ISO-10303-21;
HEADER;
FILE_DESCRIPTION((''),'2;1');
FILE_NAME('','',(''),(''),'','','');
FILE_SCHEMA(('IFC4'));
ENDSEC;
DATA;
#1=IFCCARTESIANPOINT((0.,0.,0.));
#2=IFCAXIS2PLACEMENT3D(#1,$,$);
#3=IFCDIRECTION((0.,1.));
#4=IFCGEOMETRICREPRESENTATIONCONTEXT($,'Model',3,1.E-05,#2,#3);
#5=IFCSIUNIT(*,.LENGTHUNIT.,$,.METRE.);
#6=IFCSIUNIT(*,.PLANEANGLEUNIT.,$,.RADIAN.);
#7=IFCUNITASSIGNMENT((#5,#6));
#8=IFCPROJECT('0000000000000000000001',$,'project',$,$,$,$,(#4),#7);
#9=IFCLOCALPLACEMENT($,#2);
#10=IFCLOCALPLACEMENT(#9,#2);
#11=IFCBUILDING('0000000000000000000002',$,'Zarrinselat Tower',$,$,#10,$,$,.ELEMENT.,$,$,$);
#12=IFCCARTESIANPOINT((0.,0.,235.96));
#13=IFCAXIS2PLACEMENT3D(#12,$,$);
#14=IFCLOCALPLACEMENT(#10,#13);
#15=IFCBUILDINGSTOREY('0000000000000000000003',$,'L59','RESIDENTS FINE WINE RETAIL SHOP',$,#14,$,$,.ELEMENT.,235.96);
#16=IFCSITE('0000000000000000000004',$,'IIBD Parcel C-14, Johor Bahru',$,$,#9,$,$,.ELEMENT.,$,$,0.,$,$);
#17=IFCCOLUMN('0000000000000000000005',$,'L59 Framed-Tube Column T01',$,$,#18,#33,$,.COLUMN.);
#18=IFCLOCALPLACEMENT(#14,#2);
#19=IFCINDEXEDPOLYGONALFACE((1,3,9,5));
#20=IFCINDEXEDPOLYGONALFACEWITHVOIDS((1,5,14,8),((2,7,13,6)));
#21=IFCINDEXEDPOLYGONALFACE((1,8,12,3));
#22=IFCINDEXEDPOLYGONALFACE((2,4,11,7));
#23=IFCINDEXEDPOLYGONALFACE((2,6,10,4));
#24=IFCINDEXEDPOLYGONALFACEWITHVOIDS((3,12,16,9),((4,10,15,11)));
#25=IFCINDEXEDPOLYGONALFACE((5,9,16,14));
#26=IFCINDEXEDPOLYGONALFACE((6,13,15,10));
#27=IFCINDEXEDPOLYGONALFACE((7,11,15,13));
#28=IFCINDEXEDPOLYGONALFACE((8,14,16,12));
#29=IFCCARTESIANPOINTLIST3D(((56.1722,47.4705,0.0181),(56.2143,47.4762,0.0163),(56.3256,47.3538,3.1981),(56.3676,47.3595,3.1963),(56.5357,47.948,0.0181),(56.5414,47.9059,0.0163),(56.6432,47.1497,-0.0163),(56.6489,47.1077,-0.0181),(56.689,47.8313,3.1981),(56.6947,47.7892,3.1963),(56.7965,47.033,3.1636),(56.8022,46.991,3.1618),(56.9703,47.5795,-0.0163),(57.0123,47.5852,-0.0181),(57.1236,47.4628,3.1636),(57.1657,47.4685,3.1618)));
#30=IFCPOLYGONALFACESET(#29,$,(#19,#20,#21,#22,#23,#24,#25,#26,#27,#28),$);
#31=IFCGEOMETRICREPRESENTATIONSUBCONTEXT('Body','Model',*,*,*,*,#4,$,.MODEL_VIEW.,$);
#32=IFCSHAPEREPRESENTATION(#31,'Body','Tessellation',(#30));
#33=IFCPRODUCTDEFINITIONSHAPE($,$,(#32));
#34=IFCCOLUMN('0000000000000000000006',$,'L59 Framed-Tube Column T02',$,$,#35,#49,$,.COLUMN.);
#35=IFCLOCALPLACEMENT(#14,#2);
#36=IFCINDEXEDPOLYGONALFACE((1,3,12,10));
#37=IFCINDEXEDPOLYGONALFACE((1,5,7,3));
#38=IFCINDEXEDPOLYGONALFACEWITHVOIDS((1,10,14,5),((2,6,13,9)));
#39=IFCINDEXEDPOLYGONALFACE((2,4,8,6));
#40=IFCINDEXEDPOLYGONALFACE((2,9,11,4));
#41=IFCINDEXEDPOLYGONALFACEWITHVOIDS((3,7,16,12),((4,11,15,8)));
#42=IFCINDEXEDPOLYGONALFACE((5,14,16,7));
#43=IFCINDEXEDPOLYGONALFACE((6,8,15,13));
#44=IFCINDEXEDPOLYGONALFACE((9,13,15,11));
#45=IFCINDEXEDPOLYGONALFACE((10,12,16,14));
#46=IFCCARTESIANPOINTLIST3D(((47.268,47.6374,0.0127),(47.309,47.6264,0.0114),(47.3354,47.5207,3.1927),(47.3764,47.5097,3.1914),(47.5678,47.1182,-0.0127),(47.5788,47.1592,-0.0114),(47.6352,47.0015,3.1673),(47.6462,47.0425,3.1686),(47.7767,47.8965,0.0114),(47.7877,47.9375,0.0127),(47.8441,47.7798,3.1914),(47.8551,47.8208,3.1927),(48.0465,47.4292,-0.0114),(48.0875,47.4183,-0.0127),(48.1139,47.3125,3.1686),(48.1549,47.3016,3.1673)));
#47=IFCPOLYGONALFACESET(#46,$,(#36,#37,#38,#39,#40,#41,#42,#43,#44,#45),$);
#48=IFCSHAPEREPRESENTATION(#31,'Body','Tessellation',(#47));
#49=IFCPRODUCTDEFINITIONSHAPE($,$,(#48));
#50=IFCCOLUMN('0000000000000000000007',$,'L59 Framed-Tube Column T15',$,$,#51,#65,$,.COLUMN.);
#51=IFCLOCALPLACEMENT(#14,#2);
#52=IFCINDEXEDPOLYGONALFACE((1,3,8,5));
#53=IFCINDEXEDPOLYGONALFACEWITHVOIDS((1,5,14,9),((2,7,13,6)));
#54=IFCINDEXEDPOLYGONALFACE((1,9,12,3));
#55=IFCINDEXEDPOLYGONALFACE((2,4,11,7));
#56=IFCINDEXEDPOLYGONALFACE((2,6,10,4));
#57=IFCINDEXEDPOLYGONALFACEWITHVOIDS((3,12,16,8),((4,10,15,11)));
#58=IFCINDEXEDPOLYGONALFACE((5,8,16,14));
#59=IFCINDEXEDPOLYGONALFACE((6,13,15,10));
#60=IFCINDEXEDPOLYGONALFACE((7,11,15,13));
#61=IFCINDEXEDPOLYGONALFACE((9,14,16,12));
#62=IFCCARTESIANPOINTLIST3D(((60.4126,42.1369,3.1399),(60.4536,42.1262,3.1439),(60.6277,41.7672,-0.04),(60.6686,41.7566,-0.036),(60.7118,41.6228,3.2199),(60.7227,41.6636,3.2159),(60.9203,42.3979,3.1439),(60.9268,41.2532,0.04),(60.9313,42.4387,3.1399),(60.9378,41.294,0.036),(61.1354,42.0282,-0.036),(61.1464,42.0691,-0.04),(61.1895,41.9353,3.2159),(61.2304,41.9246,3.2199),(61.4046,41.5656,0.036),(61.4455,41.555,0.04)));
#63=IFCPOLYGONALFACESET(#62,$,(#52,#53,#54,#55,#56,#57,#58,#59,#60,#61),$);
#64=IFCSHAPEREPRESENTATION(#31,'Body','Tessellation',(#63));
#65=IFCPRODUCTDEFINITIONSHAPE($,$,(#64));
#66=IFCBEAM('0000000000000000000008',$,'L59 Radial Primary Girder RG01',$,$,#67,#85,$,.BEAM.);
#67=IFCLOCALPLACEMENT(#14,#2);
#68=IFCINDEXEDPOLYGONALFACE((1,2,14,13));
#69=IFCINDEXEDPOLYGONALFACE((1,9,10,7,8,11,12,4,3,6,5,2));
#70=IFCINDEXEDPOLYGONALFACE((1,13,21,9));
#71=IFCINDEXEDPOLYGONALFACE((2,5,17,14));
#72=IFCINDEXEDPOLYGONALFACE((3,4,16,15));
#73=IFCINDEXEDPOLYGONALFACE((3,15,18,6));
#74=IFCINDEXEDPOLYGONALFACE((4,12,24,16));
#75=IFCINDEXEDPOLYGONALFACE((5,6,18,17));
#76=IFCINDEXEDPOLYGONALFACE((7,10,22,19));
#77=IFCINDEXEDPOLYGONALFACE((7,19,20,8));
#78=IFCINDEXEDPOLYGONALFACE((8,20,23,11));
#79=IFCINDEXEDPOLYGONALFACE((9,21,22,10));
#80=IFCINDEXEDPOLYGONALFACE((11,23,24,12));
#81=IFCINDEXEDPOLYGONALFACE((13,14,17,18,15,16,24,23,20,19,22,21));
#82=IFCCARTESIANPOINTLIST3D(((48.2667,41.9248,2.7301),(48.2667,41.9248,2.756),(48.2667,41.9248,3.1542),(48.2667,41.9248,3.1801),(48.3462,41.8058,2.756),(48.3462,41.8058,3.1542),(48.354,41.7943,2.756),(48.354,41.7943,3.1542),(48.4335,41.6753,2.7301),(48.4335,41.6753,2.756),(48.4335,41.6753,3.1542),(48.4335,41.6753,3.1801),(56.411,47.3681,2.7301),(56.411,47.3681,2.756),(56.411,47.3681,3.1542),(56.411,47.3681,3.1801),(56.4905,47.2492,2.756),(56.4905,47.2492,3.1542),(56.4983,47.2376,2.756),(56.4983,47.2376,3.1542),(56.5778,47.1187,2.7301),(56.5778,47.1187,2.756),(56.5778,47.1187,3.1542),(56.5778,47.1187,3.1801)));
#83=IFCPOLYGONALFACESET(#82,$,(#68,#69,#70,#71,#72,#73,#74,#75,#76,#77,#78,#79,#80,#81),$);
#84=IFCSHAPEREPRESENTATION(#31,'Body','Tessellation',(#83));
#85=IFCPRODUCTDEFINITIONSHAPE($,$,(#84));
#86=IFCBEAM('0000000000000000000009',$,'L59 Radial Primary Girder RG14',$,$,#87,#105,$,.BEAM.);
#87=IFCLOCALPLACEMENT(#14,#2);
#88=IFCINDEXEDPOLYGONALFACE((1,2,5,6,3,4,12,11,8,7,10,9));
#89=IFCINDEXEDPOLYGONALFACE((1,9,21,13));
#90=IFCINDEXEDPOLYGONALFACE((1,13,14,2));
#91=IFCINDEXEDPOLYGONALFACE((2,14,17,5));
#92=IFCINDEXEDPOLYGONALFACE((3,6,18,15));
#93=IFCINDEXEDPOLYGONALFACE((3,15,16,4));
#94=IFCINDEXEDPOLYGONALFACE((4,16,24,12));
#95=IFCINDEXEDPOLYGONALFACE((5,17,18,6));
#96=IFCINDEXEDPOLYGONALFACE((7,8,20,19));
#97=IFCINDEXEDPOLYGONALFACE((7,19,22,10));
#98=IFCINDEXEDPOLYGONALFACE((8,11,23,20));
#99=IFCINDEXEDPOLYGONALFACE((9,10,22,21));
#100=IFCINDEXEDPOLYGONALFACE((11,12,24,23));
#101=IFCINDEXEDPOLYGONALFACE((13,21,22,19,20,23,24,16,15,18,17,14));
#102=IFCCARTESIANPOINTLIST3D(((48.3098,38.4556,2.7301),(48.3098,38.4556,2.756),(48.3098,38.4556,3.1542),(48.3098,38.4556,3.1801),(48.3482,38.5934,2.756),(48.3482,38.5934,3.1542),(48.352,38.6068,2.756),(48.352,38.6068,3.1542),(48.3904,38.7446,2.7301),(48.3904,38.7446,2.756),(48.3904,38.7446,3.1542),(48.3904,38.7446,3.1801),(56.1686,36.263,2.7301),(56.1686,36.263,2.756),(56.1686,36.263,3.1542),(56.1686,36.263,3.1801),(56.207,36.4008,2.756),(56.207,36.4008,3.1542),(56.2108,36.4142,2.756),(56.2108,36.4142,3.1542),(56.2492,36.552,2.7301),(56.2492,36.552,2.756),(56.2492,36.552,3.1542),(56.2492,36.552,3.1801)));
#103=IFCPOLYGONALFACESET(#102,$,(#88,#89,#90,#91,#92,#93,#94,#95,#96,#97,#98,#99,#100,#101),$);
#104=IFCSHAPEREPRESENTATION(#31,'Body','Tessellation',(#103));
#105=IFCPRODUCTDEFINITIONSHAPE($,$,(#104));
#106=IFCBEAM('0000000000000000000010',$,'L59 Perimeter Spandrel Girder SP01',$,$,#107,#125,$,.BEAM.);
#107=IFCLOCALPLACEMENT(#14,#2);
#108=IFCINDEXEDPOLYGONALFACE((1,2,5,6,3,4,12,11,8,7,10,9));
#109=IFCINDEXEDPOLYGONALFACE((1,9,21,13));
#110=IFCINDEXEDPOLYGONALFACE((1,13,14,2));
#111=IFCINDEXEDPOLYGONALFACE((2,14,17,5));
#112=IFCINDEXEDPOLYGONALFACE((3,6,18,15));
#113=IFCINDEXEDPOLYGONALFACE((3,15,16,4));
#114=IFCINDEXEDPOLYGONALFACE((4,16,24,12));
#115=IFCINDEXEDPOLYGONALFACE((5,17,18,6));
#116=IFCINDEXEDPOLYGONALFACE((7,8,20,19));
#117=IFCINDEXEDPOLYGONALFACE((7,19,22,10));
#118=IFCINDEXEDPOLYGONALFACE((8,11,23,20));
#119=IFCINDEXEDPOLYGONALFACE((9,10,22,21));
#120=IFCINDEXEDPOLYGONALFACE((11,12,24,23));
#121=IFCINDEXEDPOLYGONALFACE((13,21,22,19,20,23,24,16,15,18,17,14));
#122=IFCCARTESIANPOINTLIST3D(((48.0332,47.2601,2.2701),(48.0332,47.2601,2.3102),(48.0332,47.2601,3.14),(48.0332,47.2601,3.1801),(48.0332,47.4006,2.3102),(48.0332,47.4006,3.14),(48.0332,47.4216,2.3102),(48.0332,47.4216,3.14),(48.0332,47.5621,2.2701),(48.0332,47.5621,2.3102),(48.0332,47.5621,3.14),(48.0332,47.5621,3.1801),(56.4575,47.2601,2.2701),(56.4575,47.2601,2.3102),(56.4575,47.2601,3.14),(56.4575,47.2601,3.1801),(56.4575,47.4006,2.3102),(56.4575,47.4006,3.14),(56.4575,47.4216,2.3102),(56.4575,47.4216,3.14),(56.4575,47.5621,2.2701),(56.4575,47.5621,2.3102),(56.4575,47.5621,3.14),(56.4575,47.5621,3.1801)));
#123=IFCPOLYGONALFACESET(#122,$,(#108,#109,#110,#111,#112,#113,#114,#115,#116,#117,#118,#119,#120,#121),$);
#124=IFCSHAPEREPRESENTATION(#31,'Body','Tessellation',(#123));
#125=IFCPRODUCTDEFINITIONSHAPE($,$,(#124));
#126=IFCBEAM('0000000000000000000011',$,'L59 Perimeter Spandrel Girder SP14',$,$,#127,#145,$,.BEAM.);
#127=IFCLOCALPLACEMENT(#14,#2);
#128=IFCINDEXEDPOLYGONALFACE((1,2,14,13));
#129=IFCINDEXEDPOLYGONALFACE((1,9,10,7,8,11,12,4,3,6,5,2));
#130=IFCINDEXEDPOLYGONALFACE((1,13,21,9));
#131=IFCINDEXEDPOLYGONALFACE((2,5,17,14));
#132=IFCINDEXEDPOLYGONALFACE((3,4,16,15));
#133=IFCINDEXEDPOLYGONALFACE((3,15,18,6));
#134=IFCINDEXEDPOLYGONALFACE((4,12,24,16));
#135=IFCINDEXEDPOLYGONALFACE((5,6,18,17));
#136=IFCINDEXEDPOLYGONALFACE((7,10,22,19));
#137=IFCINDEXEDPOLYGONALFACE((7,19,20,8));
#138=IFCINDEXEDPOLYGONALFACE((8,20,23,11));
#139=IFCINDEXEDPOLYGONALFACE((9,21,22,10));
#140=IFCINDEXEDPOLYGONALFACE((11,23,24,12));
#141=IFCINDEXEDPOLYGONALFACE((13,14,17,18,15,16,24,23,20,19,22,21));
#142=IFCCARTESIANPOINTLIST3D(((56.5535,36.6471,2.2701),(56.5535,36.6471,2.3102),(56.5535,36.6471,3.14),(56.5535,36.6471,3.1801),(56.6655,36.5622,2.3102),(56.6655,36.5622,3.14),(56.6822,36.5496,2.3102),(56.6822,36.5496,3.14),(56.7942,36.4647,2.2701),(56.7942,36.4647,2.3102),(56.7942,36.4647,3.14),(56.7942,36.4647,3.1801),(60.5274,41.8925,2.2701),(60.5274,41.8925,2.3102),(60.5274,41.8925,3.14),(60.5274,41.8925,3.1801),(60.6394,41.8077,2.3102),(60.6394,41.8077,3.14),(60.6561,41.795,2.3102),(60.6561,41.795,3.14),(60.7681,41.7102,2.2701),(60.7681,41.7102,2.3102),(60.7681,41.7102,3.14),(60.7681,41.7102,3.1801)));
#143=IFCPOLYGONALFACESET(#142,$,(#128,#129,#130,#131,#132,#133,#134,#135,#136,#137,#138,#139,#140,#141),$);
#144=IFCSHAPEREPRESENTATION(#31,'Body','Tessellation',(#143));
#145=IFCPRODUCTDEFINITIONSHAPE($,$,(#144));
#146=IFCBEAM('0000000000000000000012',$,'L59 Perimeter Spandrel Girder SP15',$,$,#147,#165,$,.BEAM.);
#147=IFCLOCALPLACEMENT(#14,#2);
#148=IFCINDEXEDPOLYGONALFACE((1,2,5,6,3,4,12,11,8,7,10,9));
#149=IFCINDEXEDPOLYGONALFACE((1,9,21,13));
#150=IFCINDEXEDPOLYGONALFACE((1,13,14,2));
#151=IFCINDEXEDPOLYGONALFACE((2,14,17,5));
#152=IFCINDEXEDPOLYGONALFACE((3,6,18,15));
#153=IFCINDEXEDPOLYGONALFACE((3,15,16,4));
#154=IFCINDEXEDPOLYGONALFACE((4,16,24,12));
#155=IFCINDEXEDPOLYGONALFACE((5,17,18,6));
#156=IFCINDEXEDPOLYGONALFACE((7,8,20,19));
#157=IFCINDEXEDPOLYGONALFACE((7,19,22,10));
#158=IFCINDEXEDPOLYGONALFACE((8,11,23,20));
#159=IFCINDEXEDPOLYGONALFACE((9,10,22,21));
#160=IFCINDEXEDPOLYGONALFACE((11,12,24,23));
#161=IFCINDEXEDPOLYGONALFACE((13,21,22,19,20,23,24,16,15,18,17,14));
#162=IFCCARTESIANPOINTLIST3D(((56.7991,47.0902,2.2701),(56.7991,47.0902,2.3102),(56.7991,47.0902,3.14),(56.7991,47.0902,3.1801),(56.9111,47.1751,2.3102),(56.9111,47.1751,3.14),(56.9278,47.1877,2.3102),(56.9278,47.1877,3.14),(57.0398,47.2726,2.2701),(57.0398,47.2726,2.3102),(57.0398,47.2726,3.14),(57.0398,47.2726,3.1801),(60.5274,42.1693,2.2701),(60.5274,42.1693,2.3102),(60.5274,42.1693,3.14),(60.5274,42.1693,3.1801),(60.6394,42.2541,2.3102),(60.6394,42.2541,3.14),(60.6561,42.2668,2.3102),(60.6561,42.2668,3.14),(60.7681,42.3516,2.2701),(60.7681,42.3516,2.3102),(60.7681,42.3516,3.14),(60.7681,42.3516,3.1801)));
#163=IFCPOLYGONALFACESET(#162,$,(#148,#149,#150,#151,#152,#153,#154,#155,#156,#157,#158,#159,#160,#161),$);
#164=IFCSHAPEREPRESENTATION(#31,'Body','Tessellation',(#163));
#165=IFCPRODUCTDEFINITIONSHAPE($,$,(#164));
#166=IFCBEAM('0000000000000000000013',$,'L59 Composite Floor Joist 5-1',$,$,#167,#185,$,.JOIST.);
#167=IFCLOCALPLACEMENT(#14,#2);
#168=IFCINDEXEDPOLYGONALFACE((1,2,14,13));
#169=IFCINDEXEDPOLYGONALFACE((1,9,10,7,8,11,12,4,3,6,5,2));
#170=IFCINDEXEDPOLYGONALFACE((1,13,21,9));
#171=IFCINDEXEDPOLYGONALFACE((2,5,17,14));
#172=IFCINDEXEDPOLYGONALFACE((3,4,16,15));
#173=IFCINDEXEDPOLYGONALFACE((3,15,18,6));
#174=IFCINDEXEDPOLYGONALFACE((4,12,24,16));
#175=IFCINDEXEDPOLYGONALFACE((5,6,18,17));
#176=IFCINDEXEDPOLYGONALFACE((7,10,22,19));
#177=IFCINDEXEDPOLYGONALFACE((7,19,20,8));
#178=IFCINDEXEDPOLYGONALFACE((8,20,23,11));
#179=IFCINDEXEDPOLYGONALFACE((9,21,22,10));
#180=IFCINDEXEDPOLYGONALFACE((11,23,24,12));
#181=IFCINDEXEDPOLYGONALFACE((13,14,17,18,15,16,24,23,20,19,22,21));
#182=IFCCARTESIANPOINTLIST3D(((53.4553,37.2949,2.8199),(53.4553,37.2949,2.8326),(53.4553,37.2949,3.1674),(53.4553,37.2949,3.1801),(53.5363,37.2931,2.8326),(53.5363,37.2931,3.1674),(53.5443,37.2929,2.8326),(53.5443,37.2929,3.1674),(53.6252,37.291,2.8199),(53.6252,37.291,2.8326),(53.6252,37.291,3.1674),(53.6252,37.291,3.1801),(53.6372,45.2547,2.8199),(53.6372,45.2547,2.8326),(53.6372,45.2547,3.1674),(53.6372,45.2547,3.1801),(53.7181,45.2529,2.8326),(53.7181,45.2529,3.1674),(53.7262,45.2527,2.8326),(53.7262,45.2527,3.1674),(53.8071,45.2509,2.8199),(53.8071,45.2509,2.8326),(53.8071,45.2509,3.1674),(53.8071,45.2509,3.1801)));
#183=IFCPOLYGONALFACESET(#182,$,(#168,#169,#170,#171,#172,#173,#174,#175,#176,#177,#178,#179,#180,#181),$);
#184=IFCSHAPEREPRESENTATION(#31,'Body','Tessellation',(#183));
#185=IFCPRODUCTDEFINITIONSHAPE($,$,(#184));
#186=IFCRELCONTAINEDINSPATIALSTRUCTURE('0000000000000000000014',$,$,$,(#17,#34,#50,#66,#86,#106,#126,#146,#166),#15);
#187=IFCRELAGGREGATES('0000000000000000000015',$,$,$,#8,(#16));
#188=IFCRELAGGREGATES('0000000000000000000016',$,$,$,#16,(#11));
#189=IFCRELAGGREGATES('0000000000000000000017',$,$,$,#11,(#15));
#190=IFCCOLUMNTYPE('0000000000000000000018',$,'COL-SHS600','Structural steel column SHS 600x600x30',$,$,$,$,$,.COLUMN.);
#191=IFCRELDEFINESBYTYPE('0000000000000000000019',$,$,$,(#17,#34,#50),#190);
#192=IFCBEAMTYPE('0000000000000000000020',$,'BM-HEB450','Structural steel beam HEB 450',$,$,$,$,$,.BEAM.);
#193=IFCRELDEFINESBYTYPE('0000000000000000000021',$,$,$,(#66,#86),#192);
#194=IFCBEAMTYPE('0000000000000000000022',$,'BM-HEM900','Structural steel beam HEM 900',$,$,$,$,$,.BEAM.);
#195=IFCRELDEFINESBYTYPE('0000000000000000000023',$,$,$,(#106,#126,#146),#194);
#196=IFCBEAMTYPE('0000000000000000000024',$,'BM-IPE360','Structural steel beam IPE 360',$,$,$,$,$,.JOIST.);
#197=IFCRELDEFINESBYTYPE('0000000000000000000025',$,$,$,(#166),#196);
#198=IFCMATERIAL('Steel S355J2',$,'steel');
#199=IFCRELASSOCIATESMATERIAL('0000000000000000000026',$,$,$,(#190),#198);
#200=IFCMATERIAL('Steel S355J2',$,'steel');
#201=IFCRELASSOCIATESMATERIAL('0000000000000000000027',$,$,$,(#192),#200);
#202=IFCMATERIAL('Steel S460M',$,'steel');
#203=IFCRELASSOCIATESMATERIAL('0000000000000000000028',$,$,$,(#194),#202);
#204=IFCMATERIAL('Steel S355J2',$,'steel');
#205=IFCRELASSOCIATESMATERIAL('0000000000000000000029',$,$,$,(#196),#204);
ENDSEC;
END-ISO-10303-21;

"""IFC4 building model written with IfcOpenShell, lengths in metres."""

from ifc_helpers import new_model, si_unit, direction, frame, origin, origin_2d, place, context, subcontext, project, spatial, hollow_rectangle, i_section, extrude, material, material_profile, profile_set, type_object, element, save


model = new_model("IFC4")

# Units and contexts
model_context = context("Model", 3, precision=1e-05, world=origin(), true_north=direction((0.0, 1.0)))
body_context = subcontext(model_context, "Body", "Model", "MODEL_VIEW")
ifc_project = project(units=[si_unit("LENGTHUNIT", "METRE"), si_unit("PLANEANGLEUNIT", "RADIAN")], contexts=[model_context])

# Site, building, storey
site_placement = place(None, origin())
site = spatial("IfcSite", under=ifc_project, at=site_placement, Name="IIBD Parcel C-14, Johor Bahru", CompositionType="ELEMENT", RefElevation=0.0)
building_placement = place(site_placement, origin())
building = spatial("IfcBuilding", under=site, at=building_placement, Name="Zarrinselat Tower", CompositionType="ELEMENT")
storey_placement = place(building_placement, frame((0.0, 0.0, 235.96)))
storey = spatial("IfcBuildingStorey", under=building, at=storey_placement, Name="L59", Description="RESIDENTS FINE WINE RETAIL SHOP", CompositionType="ELEMENT", Elevation=235.96)

# Columns
ifc_material_1 = material(Name="Steel S355J2", Category="steel")
ifc_material_profile_1 = material_profile(ifc_material_1, hollow_rectangle(XDim=0.6001, YDim=0.6001, WallThickness=0.03, at=origin_2d()), Name="SHS 600x600x30")
ifc_profile_set_1 = profile_set([ifc_material_profile_1], Name="Steel S355J2")
column_type = type_object("IfcColumnType", Name="COL-SHS600", Description="Structural steel column SHS 600x600x30", PredefinedType="COLUMN", material=ifc_profile_set_1)
column_1_placement = place(storey_placement, frame((56.5923, 47.5278, 0.0), z_axis=(0.048127, -0.036631, 0.998169), x_axis=(0.605661, 0.795722, 0.0)))
element("IfcColumn", 1, at=column_1_placement, inside=storey, type_object=column_type, Name="L59 Framed-Tube Column T01", PredefinedType="COLUMN", context=body_context, shape_type="SweptSolid", body=[
    extrude(hollow_rectangle(XDim=0.6001, YDim=0.6001, WallThickness=0.03, at=origin_2d()), origin(), (0.0, 0.0, 1.0), 3.1858),
])
column_2_placement = place(storey_placement, frame((47.6777, 47.5278, 0.0), z_axis=(0.021171, -0.036666, 0.999103), x_axis=(0.866005, 0.500036, 0.0)))
element("IfcColumn", 2, at=column_2_placement, inside=storey, type_object=column_type, Name="L59 Framed-Tube Column T02", PredefinedType="COLUMN", context=body_context, shape_type="SweptSolid", body=[
    extrude(hollow_rectangle(XDim=0.6001, YDim=0.6001, WallThickness=0.03, at=origin_2d()), origin(), (0.0, 0.0, 1.0), 3.1829),
])
column_3_placement = place(storey_placement, frame((61.0366, 41.6611, 0.0), z_axis=(-0.067036, 0.115201, 0.991078), x_axis=(-0.864317, -0.502948, 0.0)))
element("IfcColumn", 3, at=column_3_placement, inside=storey, type_object=column_type, Name="L59 Framed-Tube Column T15", PredefinedType="COLUMN", context=body_context, shape_type="SweptSolid", body=[
    extrude(hollow_rectangle(XDim=0.6001, YDim=0.6001, WallThickness=0.03, at=origin_2d()), origin(), (0.0, 0.0, 1.0), 3.2085),
])

# Beams
ifc_material_2 = material(Name="Steel S355J2", Category="steel")
ifc_material_profile_2 = material_profile(ifc_material_2, i_section(OverallWidth=0.3, OverallDepth=0.45, WebThickness=0.0139, FlangeThickness=0.0259, at=origin_2d()), Name="HEB 450")
ifc_profile_set_2 = profile_set([ifc_material_profile_2], Name="Steel S355J2")
beam_type_1 = type_object("IfcBeamType", Name="BM-HEB450", Description="Structural steel beam HEB 450", PredefinedType="BEAM", material=ifc_profile_set_2)
beam_1_placement = place(storey_placement, frame((48.3501, 41.8, 2.9551), z_axis=(0.831398, 0.555678, 0.0), x_axis=(-0.555678, 0.831398, 0.0)))
element("IfcBeam", 4, at=beam_1_placement, inside=storey, type_object=beam_type_1, Name="L59 Radial Primary Girder RG01", PredefinedType="BEAM", context=body_context, shape_type="SweptSolid", body=[
    extrude(i_section(OverallWidth=0.3, OverallDepth=0.45, WebThickness=0.0139, FlangeThickness=0.0259, at=origin_2d()), origin(), (0.0, 0.0, 1.0), 9.7959),
])
beam_2_placement = place(storey_placement, frame((48.3501, 38.6001, 2.9551), z_axis=(0.963214, -0.268736, 0.0), x_axis=(0.268736, 0.963214, 0.0)))
element("IfcBeam", 5, at=beam_2_placement, inside=storey, type_object=beam_type_1, Name="L59 Radial Primary Girder RG14", PredefinedType="BEAM", context=body_context, shape_type="SweptSolid", body=[
    extrude(i_section(OverallWidth=0.3, OverallDepth=0.45, WebThickness=0.0139, FlangeThickness=0.0259, at=origin_2d()), origin(), (0.0, 0.0, 1.0), 8.1589),
])
ifc_material_3 = material(Name="Steel S460M", Category="steel")
ifc_material_profile_3 = material_profile(ifc_material_3, i_section(OverallWidth=0.302, OverallDepth=0.9099, WebThickness=0.021, FlangeThickness=0.04, at=origin_2d()), Name="HEM 900")
ifc_profile_set_3 = profile_set([ifc_material_profile_3], Name="Steel S460M")
beam_type_2 = type_object("IfcBeamType", Name="BM-HEM900", Description="Structural steel beam HEM 900", PredefinedType="BEAM", material=ifc_profile_set_3)
beam_3_placement = place(storey_placement, frame((48.0332, 47.4111, 2.7251), z_axis=(1.0, 0.0, 0.0), x_axis=(0.0, 1.0, 0.0)))
element("IfcBeam", 6, at=beam_3_placement, inside=storey, type_object=beam_type_2, Name="L59 Perimeter Spandrel Girder SP01", PredefinedType="BEAM", context=body_context, shape_type="SweptSolid", body=[
    extrude(i_section(OverallWidth=0.302, OverallDepth=0.9099, WebThickness=0.021, FlangeThickness=0.04, at=origin_2d()), origin(), (0.0, 0.0, 1.0), 8.4243),
])
beam_4_placement = place(storey_placement, frame((56.6738, 36.5559, 2.7251), z_axis=(0.603869, 0.797083, 0.0), x_axis=(-0.797083, 0.603869, 0.0)))
element("IfcBeam", 7, at=beam_4_placement, inside=storey, type_object=beam_type_2, Name="L59 Perimeter Spandrel Girder SP14", PredefinedType="BEAM", context=body_context, shape_type="SweptSolid", body=[
    extrude(i_section(OverallWidth=0.302, OverallDepth=0.9099, WebThickness=0.021, FlangeThickness=0.04, at=origin_2d()), origin(), (0.0, 0.0, 1.0), 6.5808),
])
beam_5_placement = place(storey_placement, frame((56.9194, 47.1814, 2.7251), z_axis=(0.60389, -0.797067, 0.0), x_axis=(0.797067, 0.60389, 0.0)))
element("IfcBeam", 8, at=beam_5_placement, inside=storey, type_object=beam_type_2, Name="L59 Perimeter Spandrel Girder SP15", PredefinedType="BEAM", context=body_context, shape_type="SweptSolid", body=[
    extrude(i_section(OverallWidth=0.302, OverallDepth=0.9099, WebThickness=0.021, FlangeThickness=0.04, at=origin_2d()), origin(), (0.0, 0.0, 1.0), 6.1738),
])
ifc_material_4 = material(Name="Steel S355J2", Category="steel")
ifc_material_profile_4 = material_profile(ifc_material_4, i_section(OverallWidth=0.1699, OverallDepth=0.3601, WebThickness=0.0081, FlangeThickness=0.0127, at=origin_2d()), Name="IPE 360")
ifc_profile_set_4 = profile_set([ifc_material_profile_4], Name="Steel S355J2")
beam_type_3 = type_object("IfcBeamType", Name="BM-IPE360", Description="Structural steel beam IPE 360", PredefinedType="JOIST", material=ifc_profile_set_4)
beam_6_placement = place(storey_placement, frame((53.5403, 37.293, 3.0), z_axis=(0.022845, 0.999739, 0.0), x_axis=(-0.999739, 0.022845, 0.0)))
element("IfcBeam", 9, at=beam_6_placement, inside=storey, type_object=beam_type_3, Name="L59 Composite Floor Joist 5-1", PredefinedType="JOIST", context=body_context, shape_type="SweptSolid", body=[
    extrude(i_section(OverallWidth=0.1699, OverallDepth=0.3601, WebThickness=0.0081, FlangeThickness=0.0127, at=origin_2d()), origin(), (0.0, 0.0, 1.0), 7.9619),
])

save(model, "model.ifc")
